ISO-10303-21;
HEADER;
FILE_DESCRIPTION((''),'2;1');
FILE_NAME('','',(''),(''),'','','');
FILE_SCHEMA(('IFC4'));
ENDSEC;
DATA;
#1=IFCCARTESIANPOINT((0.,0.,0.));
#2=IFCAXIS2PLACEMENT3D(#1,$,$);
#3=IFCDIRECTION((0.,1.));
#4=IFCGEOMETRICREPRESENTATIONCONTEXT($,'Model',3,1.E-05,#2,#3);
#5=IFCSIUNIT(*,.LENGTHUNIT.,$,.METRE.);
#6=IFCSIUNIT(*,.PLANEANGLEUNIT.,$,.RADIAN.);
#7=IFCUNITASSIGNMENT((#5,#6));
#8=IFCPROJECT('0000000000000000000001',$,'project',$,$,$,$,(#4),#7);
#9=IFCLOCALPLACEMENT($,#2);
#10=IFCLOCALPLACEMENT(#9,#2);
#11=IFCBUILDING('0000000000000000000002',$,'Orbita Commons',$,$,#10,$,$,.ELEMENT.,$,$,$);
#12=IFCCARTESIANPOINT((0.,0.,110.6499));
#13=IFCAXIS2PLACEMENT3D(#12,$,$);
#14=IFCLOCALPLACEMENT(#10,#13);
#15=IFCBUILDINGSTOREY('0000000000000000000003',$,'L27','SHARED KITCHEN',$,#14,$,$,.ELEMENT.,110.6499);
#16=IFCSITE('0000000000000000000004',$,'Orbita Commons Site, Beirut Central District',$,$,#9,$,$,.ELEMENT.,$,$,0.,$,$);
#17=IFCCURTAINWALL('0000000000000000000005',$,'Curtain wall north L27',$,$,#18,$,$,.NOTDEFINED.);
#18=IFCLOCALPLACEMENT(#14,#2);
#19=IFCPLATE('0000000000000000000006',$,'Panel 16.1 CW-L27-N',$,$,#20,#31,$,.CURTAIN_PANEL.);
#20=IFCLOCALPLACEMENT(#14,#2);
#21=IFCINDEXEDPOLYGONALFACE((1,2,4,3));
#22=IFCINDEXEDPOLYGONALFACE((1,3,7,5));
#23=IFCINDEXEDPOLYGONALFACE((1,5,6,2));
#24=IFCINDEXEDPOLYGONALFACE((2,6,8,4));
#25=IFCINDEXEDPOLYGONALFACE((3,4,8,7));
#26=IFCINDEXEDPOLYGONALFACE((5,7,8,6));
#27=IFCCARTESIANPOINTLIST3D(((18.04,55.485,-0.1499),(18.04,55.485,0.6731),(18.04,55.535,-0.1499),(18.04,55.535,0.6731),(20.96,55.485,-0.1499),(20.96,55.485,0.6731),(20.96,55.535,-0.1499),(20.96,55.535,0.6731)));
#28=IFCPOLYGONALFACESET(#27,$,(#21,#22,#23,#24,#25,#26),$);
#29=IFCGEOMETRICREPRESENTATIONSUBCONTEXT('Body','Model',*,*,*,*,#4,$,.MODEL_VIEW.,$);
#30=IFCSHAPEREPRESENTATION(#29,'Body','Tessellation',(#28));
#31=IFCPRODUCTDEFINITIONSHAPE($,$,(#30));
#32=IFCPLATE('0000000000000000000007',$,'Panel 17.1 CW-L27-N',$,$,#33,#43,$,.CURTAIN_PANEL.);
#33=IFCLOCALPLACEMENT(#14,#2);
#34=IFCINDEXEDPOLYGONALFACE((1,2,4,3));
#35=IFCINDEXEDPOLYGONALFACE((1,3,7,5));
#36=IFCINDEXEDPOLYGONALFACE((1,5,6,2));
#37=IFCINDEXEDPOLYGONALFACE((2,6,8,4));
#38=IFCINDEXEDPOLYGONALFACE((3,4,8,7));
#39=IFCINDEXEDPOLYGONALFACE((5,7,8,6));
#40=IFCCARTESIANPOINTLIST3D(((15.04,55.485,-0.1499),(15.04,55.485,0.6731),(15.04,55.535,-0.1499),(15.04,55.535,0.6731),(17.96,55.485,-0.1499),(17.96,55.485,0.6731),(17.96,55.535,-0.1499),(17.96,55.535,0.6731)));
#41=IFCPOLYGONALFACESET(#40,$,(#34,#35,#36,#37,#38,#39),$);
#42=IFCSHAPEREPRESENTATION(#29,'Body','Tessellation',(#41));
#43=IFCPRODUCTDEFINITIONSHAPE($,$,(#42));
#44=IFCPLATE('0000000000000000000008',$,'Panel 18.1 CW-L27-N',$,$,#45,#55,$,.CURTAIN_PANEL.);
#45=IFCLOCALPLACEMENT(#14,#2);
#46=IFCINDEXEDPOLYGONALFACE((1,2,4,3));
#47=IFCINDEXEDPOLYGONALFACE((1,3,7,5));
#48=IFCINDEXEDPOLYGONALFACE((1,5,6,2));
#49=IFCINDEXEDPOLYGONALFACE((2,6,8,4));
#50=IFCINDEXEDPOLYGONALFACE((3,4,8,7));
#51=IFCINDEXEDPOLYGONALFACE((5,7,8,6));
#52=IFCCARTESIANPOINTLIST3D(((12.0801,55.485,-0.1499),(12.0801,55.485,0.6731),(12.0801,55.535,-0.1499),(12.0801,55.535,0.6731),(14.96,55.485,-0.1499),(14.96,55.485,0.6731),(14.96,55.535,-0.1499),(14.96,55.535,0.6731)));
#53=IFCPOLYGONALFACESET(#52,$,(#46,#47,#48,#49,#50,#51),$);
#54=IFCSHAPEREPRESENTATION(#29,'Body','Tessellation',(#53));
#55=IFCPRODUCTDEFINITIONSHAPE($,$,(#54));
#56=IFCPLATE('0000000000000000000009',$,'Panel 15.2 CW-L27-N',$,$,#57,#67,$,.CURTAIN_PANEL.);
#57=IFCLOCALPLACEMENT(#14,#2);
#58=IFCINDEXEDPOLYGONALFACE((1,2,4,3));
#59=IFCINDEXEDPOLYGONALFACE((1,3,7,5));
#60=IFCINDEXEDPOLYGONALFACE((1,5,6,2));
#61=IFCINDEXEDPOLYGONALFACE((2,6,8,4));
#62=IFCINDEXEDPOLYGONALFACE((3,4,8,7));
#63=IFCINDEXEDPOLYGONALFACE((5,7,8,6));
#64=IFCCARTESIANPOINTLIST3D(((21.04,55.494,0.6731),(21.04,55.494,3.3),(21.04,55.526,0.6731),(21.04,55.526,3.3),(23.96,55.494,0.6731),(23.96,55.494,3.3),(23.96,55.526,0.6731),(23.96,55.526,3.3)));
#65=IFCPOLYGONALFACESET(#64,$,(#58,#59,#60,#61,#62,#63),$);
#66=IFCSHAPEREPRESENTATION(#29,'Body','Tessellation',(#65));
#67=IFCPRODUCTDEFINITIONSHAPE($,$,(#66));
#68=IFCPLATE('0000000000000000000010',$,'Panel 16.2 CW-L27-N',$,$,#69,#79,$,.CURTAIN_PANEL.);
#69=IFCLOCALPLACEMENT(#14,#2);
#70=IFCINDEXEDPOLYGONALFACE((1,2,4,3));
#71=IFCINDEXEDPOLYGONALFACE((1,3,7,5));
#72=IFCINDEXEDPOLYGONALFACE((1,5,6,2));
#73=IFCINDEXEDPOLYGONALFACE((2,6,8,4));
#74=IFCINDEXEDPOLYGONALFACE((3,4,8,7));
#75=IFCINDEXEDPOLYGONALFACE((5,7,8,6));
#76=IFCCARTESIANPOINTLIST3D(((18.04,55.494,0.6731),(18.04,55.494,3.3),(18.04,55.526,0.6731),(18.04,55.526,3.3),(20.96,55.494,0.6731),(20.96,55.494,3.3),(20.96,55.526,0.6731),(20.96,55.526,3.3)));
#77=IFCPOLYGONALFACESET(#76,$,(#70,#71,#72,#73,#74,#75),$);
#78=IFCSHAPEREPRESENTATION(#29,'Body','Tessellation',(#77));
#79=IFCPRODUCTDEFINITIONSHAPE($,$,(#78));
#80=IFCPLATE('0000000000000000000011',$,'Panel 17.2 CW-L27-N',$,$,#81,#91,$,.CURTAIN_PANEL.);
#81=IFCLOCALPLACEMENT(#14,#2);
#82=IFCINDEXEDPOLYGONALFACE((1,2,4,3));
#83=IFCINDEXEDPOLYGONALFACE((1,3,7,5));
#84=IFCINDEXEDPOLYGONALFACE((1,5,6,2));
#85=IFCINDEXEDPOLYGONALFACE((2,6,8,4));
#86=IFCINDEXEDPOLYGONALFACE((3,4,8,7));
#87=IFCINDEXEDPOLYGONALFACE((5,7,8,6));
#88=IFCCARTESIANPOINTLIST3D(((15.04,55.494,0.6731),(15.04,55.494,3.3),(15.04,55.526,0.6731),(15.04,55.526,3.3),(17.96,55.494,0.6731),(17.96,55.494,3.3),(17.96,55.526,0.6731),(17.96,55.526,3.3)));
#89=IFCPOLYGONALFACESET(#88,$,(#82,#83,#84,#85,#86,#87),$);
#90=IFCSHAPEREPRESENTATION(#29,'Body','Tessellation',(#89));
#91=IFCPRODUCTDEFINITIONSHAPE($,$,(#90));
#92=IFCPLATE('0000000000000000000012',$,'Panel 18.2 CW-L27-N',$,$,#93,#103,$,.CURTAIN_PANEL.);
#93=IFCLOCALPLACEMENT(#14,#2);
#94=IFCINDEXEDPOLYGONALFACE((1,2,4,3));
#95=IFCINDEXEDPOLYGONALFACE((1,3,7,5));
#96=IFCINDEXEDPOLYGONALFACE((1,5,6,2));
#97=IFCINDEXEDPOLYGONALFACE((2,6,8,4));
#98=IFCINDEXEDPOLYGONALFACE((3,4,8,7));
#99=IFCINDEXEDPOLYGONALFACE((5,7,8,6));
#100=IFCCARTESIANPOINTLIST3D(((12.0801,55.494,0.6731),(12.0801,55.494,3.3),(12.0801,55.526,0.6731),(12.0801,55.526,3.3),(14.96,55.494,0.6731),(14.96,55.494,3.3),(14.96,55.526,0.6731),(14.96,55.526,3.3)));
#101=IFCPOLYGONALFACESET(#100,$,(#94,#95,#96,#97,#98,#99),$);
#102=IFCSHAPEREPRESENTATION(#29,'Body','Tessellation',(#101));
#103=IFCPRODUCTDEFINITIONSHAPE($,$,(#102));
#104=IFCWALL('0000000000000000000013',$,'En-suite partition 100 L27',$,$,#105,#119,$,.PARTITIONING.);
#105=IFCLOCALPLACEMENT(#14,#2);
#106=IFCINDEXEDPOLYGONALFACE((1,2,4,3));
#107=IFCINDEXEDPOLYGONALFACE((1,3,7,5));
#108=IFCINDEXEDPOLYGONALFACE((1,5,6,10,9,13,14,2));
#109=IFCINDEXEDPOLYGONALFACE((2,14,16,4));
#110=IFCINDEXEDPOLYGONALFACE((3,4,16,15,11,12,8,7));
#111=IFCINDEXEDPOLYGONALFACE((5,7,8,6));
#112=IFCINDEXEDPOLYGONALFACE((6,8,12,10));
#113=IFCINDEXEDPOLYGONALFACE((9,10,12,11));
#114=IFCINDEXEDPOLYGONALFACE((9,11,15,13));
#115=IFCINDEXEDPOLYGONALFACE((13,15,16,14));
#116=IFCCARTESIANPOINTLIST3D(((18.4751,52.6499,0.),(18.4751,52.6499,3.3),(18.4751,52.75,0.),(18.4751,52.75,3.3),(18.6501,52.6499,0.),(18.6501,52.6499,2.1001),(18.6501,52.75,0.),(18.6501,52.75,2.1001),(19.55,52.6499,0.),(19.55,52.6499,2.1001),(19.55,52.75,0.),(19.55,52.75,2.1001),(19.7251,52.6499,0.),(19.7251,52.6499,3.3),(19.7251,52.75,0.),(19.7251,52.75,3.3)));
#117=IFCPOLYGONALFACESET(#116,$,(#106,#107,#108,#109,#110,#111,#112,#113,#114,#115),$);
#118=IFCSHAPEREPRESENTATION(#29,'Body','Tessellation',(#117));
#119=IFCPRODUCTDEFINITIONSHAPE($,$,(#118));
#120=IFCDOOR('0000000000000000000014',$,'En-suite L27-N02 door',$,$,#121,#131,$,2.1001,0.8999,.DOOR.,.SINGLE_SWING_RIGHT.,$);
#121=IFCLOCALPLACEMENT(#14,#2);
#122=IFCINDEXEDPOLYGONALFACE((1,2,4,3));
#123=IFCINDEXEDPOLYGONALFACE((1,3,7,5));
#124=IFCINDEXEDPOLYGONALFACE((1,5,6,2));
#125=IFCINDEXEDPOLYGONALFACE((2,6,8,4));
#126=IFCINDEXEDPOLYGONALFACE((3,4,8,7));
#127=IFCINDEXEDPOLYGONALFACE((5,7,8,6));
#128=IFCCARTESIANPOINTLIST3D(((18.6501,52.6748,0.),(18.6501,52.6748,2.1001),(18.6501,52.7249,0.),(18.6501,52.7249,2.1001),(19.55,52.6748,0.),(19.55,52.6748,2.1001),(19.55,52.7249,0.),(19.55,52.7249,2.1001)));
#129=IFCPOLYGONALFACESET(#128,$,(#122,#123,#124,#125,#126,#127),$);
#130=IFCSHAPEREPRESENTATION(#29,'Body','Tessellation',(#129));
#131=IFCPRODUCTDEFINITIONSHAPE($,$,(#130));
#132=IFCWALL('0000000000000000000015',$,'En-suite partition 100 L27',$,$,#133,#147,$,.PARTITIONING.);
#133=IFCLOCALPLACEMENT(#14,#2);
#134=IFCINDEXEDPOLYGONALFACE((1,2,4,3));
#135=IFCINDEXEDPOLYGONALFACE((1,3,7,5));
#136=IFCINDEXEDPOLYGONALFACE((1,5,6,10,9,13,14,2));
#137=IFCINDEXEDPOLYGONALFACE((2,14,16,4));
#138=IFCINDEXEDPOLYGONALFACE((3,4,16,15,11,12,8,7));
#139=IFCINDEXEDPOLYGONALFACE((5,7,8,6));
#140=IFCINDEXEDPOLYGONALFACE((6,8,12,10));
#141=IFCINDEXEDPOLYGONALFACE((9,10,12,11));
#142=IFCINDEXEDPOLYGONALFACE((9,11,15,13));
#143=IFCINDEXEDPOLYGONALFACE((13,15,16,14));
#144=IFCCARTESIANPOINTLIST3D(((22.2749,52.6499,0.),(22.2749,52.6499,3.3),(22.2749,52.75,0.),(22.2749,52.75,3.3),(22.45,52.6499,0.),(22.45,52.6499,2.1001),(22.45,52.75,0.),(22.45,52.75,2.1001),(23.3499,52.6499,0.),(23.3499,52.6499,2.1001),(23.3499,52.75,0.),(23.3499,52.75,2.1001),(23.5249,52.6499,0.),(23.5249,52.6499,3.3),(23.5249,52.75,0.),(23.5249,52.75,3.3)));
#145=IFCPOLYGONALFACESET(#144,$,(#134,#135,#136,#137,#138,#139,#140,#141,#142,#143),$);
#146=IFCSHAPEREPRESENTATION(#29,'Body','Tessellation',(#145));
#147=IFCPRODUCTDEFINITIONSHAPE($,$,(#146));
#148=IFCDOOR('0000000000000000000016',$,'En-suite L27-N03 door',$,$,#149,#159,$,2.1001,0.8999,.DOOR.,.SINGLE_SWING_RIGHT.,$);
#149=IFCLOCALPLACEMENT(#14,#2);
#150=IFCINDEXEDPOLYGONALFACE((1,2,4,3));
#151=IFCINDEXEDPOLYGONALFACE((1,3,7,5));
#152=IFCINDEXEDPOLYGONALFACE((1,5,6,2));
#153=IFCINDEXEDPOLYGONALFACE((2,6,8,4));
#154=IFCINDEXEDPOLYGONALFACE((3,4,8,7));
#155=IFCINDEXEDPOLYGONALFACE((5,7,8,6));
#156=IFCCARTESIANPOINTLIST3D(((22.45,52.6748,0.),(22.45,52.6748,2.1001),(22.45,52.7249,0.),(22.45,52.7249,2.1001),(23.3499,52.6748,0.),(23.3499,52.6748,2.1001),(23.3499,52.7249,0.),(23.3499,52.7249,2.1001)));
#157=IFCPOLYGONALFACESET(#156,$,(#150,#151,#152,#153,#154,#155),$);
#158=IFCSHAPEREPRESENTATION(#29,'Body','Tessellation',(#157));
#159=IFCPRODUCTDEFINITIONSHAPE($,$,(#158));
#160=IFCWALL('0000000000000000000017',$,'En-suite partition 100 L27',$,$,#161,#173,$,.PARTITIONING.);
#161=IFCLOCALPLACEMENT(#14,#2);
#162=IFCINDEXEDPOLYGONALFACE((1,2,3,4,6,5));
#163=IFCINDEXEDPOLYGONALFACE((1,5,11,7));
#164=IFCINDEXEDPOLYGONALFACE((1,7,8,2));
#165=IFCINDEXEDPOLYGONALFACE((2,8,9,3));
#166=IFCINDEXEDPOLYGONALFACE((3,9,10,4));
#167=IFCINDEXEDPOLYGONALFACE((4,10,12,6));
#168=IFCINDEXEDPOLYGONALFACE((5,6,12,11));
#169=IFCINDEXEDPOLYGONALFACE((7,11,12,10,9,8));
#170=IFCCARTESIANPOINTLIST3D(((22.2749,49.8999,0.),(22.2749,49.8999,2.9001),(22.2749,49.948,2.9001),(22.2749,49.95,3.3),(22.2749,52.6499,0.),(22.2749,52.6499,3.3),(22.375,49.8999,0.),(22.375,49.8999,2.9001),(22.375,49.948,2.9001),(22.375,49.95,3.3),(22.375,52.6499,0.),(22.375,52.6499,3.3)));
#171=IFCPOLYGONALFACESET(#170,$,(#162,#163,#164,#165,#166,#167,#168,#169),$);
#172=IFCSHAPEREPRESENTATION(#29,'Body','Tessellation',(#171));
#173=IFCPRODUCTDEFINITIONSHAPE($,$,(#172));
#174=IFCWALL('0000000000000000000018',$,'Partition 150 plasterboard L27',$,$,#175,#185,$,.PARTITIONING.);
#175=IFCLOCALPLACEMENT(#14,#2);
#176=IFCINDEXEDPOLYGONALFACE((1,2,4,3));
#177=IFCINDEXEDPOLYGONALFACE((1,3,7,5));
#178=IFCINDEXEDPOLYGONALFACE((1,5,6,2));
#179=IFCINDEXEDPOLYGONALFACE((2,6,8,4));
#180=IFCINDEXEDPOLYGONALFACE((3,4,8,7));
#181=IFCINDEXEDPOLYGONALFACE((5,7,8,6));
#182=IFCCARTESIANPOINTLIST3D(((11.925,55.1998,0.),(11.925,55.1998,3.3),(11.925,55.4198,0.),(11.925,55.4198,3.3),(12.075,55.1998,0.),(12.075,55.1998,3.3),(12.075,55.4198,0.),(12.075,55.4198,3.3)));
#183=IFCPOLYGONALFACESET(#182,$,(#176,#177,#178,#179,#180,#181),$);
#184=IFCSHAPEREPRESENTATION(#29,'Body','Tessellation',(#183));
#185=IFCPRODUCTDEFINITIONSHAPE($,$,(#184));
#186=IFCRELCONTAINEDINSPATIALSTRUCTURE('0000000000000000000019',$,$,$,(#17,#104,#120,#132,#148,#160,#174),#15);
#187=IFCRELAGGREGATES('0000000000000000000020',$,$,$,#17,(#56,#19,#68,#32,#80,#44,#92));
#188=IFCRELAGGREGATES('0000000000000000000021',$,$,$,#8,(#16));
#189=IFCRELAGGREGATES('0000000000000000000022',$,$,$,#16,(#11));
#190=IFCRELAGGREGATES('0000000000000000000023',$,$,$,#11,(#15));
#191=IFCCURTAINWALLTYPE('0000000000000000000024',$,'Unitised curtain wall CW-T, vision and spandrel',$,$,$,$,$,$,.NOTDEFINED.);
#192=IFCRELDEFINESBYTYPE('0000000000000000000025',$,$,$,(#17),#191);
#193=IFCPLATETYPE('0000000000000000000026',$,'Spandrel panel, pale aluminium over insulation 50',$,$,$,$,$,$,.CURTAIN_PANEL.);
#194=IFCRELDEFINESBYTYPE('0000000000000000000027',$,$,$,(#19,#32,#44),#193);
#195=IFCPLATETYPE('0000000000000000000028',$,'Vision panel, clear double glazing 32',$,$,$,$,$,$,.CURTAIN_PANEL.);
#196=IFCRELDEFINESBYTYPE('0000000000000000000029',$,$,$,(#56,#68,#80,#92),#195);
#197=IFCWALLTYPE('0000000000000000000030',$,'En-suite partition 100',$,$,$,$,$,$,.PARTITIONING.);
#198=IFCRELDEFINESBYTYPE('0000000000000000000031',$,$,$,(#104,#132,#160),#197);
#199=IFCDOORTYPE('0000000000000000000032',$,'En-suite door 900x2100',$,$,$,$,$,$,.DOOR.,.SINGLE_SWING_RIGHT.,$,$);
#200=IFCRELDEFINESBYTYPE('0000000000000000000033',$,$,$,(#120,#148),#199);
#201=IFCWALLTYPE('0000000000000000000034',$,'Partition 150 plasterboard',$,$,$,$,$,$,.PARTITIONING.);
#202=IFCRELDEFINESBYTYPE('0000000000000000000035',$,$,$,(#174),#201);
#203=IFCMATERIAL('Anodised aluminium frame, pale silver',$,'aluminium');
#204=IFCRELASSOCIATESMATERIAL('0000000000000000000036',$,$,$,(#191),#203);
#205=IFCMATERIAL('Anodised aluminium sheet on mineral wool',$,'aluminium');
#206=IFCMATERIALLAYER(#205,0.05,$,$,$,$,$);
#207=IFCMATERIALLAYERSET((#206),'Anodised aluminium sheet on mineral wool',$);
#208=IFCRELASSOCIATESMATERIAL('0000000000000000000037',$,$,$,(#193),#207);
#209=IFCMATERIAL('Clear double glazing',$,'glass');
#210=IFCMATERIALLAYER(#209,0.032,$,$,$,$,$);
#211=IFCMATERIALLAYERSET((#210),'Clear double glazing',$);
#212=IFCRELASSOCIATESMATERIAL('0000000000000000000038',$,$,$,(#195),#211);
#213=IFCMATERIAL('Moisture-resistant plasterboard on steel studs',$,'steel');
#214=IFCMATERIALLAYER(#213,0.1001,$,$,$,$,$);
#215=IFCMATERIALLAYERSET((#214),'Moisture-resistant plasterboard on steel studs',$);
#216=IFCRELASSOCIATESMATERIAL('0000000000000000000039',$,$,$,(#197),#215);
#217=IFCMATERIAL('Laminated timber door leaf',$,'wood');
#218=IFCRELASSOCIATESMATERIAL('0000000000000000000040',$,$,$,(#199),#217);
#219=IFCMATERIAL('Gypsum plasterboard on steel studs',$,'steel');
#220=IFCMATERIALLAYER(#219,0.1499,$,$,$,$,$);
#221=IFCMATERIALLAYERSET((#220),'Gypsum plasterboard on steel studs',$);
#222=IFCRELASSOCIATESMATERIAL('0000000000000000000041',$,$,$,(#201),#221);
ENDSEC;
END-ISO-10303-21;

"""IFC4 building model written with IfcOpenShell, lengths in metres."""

from ifc_helpers import new_model, si_unit, direction, frame, frame_2d, origin, origin_2d, place, context, subcontext, project, spatial, polyline, rectangle, outline, extrude, material, layer, layer_set, type_object, element, fill, aggregate, save


model = new_model("IFC4")

# Units and contexts
model_context = context("Model", 3, precision=1e-05, world=origin(), true_north=direction((0.0, 1.0)))
body_context = subcontext(model_context, "Body", "Model", "MODEL_VIEW")
ifc_project = project(units=[si_unit("LENGTHUNIT", "METRE"), si_unit("PLANEANGLEUNIT", "RADIAN")], contexts=[model_context])

# Site, building, storey
site_placement = place(None, origin())
site = spatial("IfcSite", under=ifc_project, at=site_placement, Name="Orbita Commons Site, Beirut Central District", CompositionType="ELEMENT", RefElevation=0.0)
building_placement = place(site_placement, origin())
building = spatial("IfcBuilding", under=site, at=building_placement, Name="Orbita Commons", CompositionType="ELEMENT")
storey_placement = place(building_placement, frame((0.0, 0.0, 110.6499)))
storey = spatial("IfcBuildingStorey", under=building, at=storey_placement, Name="L27", Description="SHARED KITCHEN", CompositionType="ELEMENT", Elevation=110.6499)

# Curtain wall
ifc_material_1 = material(Name="Anodised aluminium frame, pale silver", Category="aluminium")
curtain_wall_type = type_object("IfcCurtainWallType", Name="Unitised curtain wall CW-T, vision and spandrel", PredefinedType="NOTDEFINED", material=ifc_material_1)
curtain_wall_placement = place(storey_placement, origin())
curtain_wall = element("IfcCurtainWall", 1, at=curtain_wall_placement, inside=storey, type_object=curtain_wall_type, Name="Curtain wall north L27", PredefinedType="NOTDEFINED")

# Plates
ifc_material_2 = material(Name="Anodised aluminium sheet on mineral wool", Category="aluminium")
ifc_layer_1 = layer(ifc_material_2, 0.05)
ifc_layer_set_1 = layer_set([ifc_layer_1], Name="Anodised aluminium sheet on mineral wool")
plate_type_1 = type_object("IfcPlateType", Name="Spandrel panel, pale aluminium over insulation 50", PredefinedType="CURTAIN_PANEL", material=ifc_layer_set_1)
plate_1_placement = place(storey_placement, frame((19.5, 55.51, -0.1499), z_axis=(0.0, 0.0, 1.0), x_axis=(-1.0, 0.0, 0.0)))
plate_1 = element("IfcPlate", 2, at=plate_1_placement, type_object=plate_type_1, Name="Panel 16.1 CW-L27-N", PredefinedType="CURTAIN_PANEL", context=body_context, shape_type="SweptSolid", body=[
    extrude(rectangle(XDim=2.9199, YDim=0.05, at=origin_2d()), origin(), (0.0, 0.0, 1.0), 0.823),
])
plate_2_placement = place(storey_placement, frame((16.5, 55.51, -0.1499), z_axis=(0.0, 0.0, 1.0), x_axis=(-1.0, 0.0, 0.0)))
plate_2 = element("IfcPlate", 3, at=plate_2_placement, type_object=plate_type_1, Name="Panel 17.1 CW-L27-N", PredefinedType="CURTAIN_PANEL", context=body_context, shape_type="SweptSolid", body=[
    extrude(rectangle(XDim=2.9199, YDim=0.05, at=origin_2d()), origin(), (0.0, 0.0, 1.0), 0.823),
])
plate_3_placement = place(storey_placement, frame((13.52, 55.51, -0.1499), z_axis=(0.0, 0.0, 1.0), x_axis=(-1.0, 0.0, 0.0)))
plate_3 = element("IfcPlate", 4, at=plate_3_placement, type_object=plate_type_1, Name="Panel 18.1 CW-L27-N", PredefinedType="CURTAIN_PANEL", context=body_context, shape_type="SweptSolid", body=[
    extrude(rectangle(XDim=2.8799, YDim=0.05, at=origin_2d()), origin(), (0.0, 0.0, 1.0), 0.823),
])
ifc_material_3 = material(Name="Clear double glazing", Category="glass")
ifc_layer_2 = layer(ifc_material_3, 0.032)
ifc_layer_set_2 = layer_set([ifc_layer_2], Name="Clear double glazing")
plate_type_2 = type_object("IfcPlateType", Name="Vision panel, clear double glazing 32", PredefinedType="CURTAIN_PANEL", material=ifc_layer_set_2)
plate_4_placement = place(storey_placement, frame((22.5, 55.51, 0.6731), z_axis=(0.0, 0.0, 1.0), x_axis=(-1.0, 0.0, 0.0)))
plate_4 = element("IfcPlate", 5, at=plate_4_placement, type_object=plate_type_2, Name="Panel 15.2 CW-L27-N", PredefinedType="CURTAIN_PANEL", context=body_context, shape_type="SweptSolid", body=[
    extrude(rectangle(XDim=2.9199, YDim=0.032, at=origin_2d()), origin(), (0.0, 0.0, 1.0), 2.627),
])
plate_5_placement = place(storey_placement, frame((19.5, 55.51, 0.6731), z_axis=(0.0, 0.0, 1.0), x_axis=(-1.0, 0.0, 0.0)))
plate_5 = element("IfcPlate", 6, at=plate_5_placement, type_object=plate_type_2, Name="Panel 16.2 CW-L27-N", PredefinedType="CURTAIN_PANEL", context=body_context, shape_type="SweptSolid", body=[
    extrude(rectangle(XDim=2.9199, YDim=0.032, at=origin_2d()), origin(), (0.0, 0.0, 1.0), 2.627),
])
plate_6_placement = place(storey_placement, frame((16.5, 55.51, 0.6731), z_axis=(0.0, 0.0, 1.0), x_axis=(-1.0, 0.0, 0.0)))
plate_6 = element("IfcPlate", 7, at=plate_6_placement, type_object=plate_type_2, Name="Panel 17.2 CW-L27-N", PredefinedType="CURTAIN_PANEL", context=body_context, shape_type="SweptSolid", body=[
    extrude(rectangle(XDim=2.9199, YDim=0.032, at=origin_2d()), origin(), (0.0, 0.0, 1.0), 2.627),
])
plate_7_placement = place(storey_placement, frame((13.52, 55.51, 0.6731), z_axis=(0.0, 0.0, 1.0), x_axis=(-1.0, 0.0, 0.0)))
plate_7 = element("IfcPlate", 8, at=plate_7_placement, type_object=plate_type_2, Name="Panel 18.2 CW-L27-N", PredefinedType="CURTAIN_PANEL", context=body_context, shape_type="SweptSolid", body=[
    extrude(rectangle(XDim=2.8799, YDim=0.032, at=origin_2d()), origin(), (0.0, 0.0, 1.0), 2.627),
])
aggregate(curtain_wall, [plate_4, plate_1, plate_5, plate_2, plate_6, plate_3, plate_7])

# Walls, openings, doors
ifc_material_4 = material(Name="Moisture-resistant plasterboard on steel studs", Category="steel")
ifc_layer_3 = layer(ifc_material_4, 0.1001)
ifc_layer_set_3 = layer_set([ifc_layer_3], Name="Moisture-resistant plasterboard on steel studs")
wall_type_1 = type_object("IfcWallType", Name="En-suite partition 100", PredefinedType="PARTITIONING", material=ifc_layer_set_3)
wall_1_placement = place(storey_placement, frame((18.4751, 52.7, 0.0), z_axis=(0.0, 0.0, 1.0), x_axis=(1.0, 0.0, 0.0)))
wall_1 = element("IfcWall", 9, at=wall_1_placement, inside=storey, type_object=wall_type_1, Name="En-suite partition 100 L27", PredefinedType="PARTITIONING", context=body_context, shape_type="SweptSolid", body=[
    extrude(rectangle(XDim=1.25, YDim=0.1001, at=frame_2d((0.625, 0.0))), origin(), (0.0, 0.0, 1.0), 3.3),
])
opening_1_placement = place(wall_1_placement, frame((0.175, 0.0, 0.0)))
opening_1 = element("IfcOpeningElement", 10, at=opening_1_placement, cuts=wall_1, PredefinedType="OPENING", context=body_context, shape_type="SweptSolid", body=[
    extrude(rectangle(XDim=0.8999, YDim=2.1001, at=frame_2d((0.45, 1.05))), frame((0.0, 0.0601, 0.0), z_axis=(0.0, -1.0, 0.0), x_axis=(1.0, 0.0, 0.0)), (0.0, 0.0, 1.0), 0.1201),
])
ifc_material_5 = material(Name="Laminated timber door leaf", Category="wood")
door_type = type_object("IfcDoorType", Name="En-suite door 900x2100", OperationType="SINGLE_SWING_RIGHT", PredefinedType="DOOR", material=ifc_material_5)
door_1_placement = place(opening_1_placement, origin())
door_1 = element("IfcDoor", 11, at=door_1_placement, inside=storey, type_object=door_type, Name="En-suite L27-N02 door", OperationType="SINGLE_SWING_RIGHT", OverallHeight=2.1001, OverallWidth=0.8999, PredefinedType="DOOR", context=body_context, shape_type="SweptSolid", body=[
    extrude(rectangle(XDim=0.8999, YDim=2.1001, at=frame_2d((0.45, 1.05))), frame((0.0, 0.0249, 0.0), z_axis=(0.0, -1.0, 0.0), x_axis=(1.0, 0.0, 0.0)), (0.0, 0.0, 1.0), 0.05),
])
fill(opening_1, door_1)
wall_2_placement = place(storey_placement, frame((22.2749, 52.7, 0.0), z_axis=(0.0, 0.0, 1.0), x_axis=(1.0, 0.0, 0.0)))
wall_2 = element("IfcWall", 12, at=wall_2_placement, inside=storey, type_object=wall_type_1, Name="En-suite partition 100 L27", PredefinedType="PARTITIONING", context=body_context, shape_type="SweptSolid", body=[
    extrude(rectangle(XDim=1.25, YDim=0.1001, at=frame_2d((0.625, 0.0))), origin(), (0.0, 0.0, 1.0), 3.3),
])
opening_2_placement = place(wall_2_placement, frame((0.175, 0.0, 0.0)))
opening_2 = element("IfcOpeningElement", 13, at=opening_2_placement, cuts=wall_2, PredefinedType="OPENING", context=body_context, shape_type="SweptSolid", body=[
    extrude(rectangle(XDim=0.8999, YDim=2.1001, at=frame_2d((0.45, 1.05))), frame((0.0, 0.0601, 0.0), z_axis=(0.0, -1.0, 0.0), x_axis=(1.0, 0.0, 0.0)), (0.0, 0.0, 1.0), 0.1201),
])
door_2_placement = place(opening_2_placement, origin())
door_2 = element("IfcDoor", 14, at=door_2_placement, inside=storey, type_object=door_type, Name="En-suite L27-N03 door", OperationType="SINGLE_SWING_RIGHT", OverallHeight=2.1001, OverallWidth=0.8999, PredefinedType="DOOR", context=body_context, shape_type="SweptSolid", body=[
    extrude(rectangle(XDim=0.8999, YDim=2.1001, at=frame_2d((0.45, 1.05))), frame((0.0, 0.0249, 0.0), z_axis=(0.0, -1.0, 0.0), x_axis=(1.0, 0.0, 0.0)), (0.0, 0.0, 1.0), 0.05),
])
fill(opening_2, door_2)

# Walls
wall_3_placement = place(storey_placement, frame((22.325, 52.6499, 0.0), z_axis=(0.0, 0.0, 1.0), x_axis=(0.0, -1.0, 0.0)))
element("IfcWall", 15, at=wall_3_placement, inside=storey, type_object=wall_type_1, Name="En-suite partition 100 L27", PredefinedType="PARTITIONING", context=body_context, shape_type="SweptSolid", body=[
    extrude(outline(polyline([(0.0, 0.0), (2.75, 0.0), (2.75, 2.9001), (2.7019, 2.9001), (2.7, 3.3), (0.0, 3.3), (0.0, 0.0)])), frame((0.0, 0.05, 0.0), z_axis=(0.0, -1.0, 0.0), x_axis=(1.0, 0.0, 0.0)), (0.0, 0.0, 1.0), 0.1001),
])
ifc_material_6 = material(Name="Gypsum plasterboard on steel studs", Category="steel")
ifc_layer_4 = layer(ifc_material_6, 0.1499)
ifc_layer_set_4 = layer_set([ifc_layer_4], Name="Gypsum plasterboard on steel studs")
wall_type_2 = type_object("IfcWallType", Name="Partition 150 plasterboard", PredefinedType="PARTITIONING", material=ifc_layer_set_4)
wall_4_placement = place(storey_placement, frame((12.0, 55.2, 0.0), z_axis=(0.0, 0.0, 1.0), x_axis=(0.0, 1.0, 0.0)))
element("IfcWall", 16, at=wall_4_placement, inside=storey, type_object=wall_type_2, Name="Partition 150 plasterboard L27", PredefinedType="PARTITIONING", context=body_context, shape_type="SweptSolid", body=[
    extrude(rectangle(XDim=0.22, YDim=0.1499, at=frame_2d((0.1099, 0.0))), origin(), (0.0, 0.0, 1.0), 3.3),
])

save(model, "model.ifc")
